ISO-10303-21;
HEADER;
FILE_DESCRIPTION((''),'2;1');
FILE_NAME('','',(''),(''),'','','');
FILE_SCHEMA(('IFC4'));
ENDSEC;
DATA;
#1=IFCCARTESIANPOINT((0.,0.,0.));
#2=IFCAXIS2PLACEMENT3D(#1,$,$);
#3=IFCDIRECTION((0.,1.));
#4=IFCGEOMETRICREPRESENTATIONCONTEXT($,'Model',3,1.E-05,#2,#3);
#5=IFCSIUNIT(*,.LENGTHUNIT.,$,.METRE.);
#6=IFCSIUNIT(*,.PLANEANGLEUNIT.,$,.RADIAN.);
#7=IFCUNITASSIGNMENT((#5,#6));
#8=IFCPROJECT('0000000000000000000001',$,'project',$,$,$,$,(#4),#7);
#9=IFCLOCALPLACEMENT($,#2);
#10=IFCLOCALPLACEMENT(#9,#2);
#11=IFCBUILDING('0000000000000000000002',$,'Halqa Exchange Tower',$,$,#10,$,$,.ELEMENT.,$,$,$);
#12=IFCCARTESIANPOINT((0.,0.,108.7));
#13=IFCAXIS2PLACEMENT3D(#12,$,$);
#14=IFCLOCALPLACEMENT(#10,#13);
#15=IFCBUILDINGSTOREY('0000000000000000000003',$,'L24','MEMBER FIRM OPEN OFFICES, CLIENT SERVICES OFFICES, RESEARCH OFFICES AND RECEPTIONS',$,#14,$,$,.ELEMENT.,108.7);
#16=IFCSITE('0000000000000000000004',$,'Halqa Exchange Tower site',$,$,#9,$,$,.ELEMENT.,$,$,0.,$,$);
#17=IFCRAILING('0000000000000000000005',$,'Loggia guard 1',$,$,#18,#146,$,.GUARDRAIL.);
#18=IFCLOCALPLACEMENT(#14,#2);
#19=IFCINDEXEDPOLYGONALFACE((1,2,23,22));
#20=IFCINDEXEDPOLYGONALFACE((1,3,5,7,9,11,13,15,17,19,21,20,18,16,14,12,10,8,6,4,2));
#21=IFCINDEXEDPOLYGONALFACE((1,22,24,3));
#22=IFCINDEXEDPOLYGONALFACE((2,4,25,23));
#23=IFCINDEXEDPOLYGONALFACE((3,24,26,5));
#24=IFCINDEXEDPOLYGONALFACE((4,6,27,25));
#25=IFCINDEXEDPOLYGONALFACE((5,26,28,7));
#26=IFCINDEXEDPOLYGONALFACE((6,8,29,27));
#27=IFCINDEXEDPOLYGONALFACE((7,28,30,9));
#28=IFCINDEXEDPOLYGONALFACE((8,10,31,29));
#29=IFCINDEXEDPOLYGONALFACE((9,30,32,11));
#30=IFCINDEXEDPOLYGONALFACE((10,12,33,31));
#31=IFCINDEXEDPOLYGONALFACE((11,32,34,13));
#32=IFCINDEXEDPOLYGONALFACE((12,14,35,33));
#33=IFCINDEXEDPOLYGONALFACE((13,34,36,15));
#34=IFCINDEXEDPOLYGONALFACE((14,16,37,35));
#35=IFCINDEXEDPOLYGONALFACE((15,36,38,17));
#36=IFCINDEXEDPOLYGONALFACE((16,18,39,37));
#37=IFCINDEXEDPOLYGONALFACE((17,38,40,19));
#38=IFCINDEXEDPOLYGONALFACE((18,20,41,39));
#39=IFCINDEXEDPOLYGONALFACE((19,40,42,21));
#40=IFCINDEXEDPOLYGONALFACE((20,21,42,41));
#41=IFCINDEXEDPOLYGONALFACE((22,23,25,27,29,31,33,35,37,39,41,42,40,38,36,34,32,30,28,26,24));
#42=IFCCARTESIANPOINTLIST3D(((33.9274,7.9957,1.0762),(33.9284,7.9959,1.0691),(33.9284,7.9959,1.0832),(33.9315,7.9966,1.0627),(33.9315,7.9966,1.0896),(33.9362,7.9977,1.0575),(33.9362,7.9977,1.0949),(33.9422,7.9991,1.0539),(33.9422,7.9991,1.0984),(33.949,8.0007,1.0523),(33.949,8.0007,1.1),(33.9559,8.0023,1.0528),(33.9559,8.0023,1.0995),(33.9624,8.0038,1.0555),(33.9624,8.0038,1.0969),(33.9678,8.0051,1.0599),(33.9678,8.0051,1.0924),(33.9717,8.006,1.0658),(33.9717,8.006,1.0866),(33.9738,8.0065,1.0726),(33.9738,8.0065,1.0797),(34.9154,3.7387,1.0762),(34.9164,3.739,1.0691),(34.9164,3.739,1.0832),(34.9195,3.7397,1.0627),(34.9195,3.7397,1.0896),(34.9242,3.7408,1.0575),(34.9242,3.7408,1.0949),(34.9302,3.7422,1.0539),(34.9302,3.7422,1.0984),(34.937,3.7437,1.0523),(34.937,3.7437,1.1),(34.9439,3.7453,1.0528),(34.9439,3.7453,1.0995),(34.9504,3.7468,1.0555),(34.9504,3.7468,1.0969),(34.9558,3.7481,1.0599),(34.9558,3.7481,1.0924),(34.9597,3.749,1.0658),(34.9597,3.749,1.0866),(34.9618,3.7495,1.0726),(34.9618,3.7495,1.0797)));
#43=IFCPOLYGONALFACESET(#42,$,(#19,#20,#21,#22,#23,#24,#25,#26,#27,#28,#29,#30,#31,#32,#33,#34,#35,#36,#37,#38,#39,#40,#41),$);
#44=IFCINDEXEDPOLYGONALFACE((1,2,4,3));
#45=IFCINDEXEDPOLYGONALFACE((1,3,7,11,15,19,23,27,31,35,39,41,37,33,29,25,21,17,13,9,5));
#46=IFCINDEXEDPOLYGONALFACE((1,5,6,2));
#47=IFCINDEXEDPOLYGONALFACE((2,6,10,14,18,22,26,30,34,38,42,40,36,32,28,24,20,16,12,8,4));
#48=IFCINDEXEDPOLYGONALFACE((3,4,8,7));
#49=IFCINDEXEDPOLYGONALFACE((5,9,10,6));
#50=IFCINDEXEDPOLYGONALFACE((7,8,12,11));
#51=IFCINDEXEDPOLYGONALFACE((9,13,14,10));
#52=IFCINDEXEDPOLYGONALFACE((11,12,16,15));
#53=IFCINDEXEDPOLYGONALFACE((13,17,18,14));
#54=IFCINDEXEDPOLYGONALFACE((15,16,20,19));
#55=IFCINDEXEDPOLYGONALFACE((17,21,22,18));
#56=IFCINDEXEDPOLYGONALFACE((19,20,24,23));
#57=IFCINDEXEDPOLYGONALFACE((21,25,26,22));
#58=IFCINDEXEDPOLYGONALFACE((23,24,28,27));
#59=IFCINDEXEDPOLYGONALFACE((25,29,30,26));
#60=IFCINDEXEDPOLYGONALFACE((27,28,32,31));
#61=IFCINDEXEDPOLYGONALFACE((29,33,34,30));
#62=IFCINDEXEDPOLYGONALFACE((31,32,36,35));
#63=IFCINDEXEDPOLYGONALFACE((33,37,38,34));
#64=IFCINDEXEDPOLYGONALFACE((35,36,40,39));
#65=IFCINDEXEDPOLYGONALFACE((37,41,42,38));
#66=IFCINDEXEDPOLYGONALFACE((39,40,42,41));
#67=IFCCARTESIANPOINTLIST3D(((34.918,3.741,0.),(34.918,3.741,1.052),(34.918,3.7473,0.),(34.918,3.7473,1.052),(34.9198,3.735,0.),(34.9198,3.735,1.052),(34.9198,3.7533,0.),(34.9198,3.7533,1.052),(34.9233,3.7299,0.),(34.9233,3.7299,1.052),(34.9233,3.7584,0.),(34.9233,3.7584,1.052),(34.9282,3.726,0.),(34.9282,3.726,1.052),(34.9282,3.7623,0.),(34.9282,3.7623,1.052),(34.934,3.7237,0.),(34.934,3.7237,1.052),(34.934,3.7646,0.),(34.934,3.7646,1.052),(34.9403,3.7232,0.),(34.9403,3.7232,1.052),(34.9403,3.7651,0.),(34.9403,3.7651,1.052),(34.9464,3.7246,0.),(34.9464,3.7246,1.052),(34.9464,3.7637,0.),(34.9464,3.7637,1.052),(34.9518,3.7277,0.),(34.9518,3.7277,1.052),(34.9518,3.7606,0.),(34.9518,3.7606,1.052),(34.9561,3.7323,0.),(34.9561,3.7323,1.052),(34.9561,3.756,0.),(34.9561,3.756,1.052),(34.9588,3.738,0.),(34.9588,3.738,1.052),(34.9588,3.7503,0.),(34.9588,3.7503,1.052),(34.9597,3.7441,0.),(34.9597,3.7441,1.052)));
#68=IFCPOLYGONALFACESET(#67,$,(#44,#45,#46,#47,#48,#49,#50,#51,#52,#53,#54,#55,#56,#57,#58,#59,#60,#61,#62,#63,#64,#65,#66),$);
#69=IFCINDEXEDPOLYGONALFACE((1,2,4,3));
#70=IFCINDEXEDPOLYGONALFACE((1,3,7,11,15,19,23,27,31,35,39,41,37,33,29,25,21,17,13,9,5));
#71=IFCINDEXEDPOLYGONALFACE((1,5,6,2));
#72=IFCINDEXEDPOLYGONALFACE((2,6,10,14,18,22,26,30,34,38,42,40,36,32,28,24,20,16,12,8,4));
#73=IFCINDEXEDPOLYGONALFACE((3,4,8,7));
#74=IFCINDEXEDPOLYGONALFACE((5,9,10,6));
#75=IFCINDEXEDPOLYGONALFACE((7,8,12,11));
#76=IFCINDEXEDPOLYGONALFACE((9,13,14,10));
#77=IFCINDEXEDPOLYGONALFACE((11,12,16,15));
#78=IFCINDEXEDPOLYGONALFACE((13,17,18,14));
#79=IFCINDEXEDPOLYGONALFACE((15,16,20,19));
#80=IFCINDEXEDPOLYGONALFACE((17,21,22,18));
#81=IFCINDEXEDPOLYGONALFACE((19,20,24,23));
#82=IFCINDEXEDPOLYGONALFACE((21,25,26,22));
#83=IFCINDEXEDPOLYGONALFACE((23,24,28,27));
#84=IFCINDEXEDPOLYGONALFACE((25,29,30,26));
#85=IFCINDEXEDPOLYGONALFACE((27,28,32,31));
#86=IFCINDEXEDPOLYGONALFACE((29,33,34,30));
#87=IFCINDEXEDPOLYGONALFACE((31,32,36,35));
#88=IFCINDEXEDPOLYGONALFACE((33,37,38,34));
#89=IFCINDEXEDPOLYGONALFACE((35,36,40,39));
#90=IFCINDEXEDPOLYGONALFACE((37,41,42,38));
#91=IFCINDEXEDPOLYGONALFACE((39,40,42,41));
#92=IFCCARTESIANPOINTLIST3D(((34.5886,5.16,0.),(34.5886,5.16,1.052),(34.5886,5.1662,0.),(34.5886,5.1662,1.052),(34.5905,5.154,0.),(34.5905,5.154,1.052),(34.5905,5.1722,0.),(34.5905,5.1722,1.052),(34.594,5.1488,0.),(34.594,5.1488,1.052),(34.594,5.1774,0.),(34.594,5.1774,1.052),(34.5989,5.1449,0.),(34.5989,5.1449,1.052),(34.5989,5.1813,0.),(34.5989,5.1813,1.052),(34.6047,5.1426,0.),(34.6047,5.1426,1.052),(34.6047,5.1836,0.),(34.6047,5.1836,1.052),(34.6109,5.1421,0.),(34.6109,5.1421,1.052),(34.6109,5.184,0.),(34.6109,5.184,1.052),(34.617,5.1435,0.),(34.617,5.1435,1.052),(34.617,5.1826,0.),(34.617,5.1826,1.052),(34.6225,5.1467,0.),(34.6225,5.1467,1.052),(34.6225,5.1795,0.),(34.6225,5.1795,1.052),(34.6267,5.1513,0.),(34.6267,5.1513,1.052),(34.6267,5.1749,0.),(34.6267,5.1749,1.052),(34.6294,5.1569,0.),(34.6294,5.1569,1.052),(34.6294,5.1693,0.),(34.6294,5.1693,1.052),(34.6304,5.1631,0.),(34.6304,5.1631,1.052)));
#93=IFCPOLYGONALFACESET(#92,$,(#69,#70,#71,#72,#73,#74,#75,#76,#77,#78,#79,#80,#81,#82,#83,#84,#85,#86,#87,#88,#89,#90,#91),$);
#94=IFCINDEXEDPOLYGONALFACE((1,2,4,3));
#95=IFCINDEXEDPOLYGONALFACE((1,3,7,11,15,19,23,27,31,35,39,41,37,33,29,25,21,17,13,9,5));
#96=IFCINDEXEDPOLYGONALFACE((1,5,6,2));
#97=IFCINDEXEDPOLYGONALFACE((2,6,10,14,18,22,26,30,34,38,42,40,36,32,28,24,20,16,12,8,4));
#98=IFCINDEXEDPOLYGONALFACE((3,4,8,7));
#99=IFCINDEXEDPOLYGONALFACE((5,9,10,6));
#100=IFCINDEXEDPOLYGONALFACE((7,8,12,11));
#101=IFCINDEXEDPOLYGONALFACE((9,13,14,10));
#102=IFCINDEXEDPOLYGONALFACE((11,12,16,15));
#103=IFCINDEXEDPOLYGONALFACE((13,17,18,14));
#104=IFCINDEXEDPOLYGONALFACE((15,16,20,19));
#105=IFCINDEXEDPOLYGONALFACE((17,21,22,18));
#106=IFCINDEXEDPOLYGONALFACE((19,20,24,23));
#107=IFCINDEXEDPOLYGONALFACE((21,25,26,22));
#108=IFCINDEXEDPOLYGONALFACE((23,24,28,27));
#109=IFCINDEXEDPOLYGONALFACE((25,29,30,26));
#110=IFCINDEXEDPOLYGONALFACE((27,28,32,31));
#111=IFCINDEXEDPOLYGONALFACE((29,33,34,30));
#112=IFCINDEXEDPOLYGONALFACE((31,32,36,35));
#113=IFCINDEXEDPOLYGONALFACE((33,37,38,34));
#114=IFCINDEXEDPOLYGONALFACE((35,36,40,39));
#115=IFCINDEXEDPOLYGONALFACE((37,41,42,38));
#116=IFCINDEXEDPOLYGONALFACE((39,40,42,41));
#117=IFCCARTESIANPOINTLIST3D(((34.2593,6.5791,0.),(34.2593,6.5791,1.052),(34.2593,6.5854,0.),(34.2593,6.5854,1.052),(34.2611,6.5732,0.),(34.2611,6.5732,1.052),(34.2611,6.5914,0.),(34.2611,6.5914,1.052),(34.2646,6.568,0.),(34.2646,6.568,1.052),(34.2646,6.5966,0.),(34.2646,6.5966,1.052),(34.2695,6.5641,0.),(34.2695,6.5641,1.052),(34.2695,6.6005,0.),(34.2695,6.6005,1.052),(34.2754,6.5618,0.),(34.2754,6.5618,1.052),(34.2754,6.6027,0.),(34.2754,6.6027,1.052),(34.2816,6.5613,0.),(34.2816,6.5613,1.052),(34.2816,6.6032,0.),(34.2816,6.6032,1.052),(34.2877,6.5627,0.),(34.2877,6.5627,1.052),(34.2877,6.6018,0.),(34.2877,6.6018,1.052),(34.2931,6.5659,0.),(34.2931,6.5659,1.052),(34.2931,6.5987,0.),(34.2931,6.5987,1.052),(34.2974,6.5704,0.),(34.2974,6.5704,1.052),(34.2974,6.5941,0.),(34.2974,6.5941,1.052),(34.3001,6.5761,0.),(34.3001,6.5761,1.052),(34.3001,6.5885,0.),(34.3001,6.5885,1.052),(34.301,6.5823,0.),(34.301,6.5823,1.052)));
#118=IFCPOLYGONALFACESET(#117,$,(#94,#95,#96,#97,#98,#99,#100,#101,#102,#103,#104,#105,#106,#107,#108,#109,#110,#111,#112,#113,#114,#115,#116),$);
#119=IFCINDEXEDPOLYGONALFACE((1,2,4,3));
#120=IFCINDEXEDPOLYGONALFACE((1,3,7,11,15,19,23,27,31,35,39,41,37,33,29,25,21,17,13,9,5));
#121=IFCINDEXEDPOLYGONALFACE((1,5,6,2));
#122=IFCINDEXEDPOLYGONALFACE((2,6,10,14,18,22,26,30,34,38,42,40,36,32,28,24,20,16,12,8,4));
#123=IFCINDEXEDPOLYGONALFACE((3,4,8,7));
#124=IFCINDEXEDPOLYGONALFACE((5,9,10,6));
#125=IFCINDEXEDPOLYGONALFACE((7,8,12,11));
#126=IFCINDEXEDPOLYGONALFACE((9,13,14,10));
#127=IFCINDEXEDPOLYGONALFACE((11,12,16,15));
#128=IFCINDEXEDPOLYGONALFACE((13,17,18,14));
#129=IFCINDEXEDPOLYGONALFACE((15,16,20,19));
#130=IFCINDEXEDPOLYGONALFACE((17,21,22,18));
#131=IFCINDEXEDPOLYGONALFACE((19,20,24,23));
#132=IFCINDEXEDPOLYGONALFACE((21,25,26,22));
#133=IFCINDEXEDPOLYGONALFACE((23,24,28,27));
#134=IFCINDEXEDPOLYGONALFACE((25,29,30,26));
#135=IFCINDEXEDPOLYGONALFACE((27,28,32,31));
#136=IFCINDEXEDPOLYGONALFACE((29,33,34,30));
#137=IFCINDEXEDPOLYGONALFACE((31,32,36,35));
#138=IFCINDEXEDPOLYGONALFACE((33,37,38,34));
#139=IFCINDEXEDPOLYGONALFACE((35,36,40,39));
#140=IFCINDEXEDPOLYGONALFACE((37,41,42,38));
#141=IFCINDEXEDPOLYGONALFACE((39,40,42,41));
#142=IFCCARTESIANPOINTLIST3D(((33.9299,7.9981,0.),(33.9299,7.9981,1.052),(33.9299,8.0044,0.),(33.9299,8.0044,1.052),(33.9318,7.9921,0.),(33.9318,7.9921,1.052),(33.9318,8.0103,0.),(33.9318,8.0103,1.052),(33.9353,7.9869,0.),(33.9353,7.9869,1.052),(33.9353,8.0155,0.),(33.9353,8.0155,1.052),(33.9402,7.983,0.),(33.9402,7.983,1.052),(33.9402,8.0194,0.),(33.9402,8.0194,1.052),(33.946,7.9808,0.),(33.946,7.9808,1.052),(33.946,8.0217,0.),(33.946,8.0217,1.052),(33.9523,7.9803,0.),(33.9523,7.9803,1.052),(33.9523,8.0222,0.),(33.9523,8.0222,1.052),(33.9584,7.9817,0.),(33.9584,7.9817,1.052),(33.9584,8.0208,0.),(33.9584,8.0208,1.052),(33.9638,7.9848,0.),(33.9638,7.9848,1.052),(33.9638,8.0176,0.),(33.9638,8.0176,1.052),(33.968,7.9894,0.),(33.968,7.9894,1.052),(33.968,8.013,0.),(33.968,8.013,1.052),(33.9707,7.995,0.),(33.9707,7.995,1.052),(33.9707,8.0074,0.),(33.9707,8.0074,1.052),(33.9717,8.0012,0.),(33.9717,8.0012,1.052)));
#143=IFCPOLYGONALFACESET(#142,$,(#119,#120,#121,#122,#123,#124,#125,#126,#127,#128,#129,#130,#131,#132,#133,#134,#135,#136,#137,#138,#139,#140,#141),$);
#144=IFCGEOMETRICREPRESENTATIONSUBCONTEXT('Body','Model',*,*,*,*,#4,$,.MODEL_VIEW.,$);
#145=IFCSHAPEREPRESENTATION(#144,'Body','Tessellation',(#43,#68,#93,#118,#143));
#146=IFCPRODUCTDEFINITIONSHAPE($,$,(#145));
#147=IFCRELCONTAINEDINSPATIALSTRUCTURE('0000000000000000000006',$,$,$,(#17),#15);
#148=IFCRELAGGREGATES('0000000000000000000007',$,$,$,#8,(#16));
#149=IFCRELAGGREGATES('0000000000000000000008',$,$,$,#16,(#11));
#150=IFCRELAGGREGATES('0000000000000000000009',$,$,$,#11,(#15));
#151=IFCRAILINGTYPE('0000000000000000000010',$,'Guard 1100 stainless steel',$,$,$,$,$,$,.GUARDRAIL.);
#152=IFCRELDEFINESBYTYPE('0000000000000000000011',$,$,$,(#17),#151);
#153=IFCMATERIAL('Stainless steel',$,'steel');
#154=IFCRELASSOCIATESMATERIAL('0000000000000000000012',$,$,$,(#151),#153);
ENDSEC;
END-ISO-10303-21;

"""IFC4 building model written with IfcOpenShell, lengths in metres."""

from ifc_helpers import new_model, si_unit, direction, frame, origin, origin_2d, place, context, subcontext, project, spatial, circle, extrude, material, type_object, element, save


model = new_model("IFC4")

# Units and contexts
model_context = context("Model", 3, precision=1e-05, world=origin(), true_north=direction((0.0, 1.0)))
body_context = subcontext(model_context, "Body", "Model", "MODEL_VIEW")
ifc_project = project(units=[si_unit("LENGTHUNIT", "METRE"), si_unit("PLANEANGLEUNIT", "RADIAN")], contexts=[model_context])

# Site, building, storey
site_placement = place(None, origin())
site = spatial("IfcSite", under=ifc_project, at=site_placement, Name="Halqa Exchange Tower site", CompositionType="ELEMENT", RefElevation=0.0)
building_placement = place(site_placement, origin())
building = spatial("IfcBuilding", under=site, at=building_placement, Name="Halqa Exchange Tower", CompositionType="ELEMENT")
storey_placement = place(building_placement, frame((0.0, 0.0, 108.7)))
storey = spatial("IfcBuildingStorey", under=building, at=storey_placement, Name="L24", Description="MEMBER FIRM OPEN OFFICES, CLIENT SERVICES OFFICES, RESEARCH OFFICES AND RECEPTIONS", CompositionType="ELEMENT", Elevation=108.7)

# Railing
ifc_material_1 = material(Name="Stainless steel", Category="steel")
railing_type = type_object("IfcRailingType", Name="Guard 1100 stainless steel", PredefinedType="GUARDRAIL", material=ifc_material_1)
railing_1_placement = place(storey_placement, frame((34.9387, 3.7441, 0.0)))
element("IfcRailing", 1, at=railing_1_placement, inside=storey, type_object=railing_type, Name="Loggia guard 1", PredefinedType="GUARDRAIL", context=body_context, shape_type="SweptSolid", body=[
    extrude(circle(Radius=0.0239, at=origin_2d()), frame((0.0, 0.0, 1.0762), z_axis=(-0.226083, 0.974108, 0.0), x_axis=(-0.974108, -0.226083, 0.0)), (0.0, 0.0, 1.0), 4.3701),
    extrude(circle(Radius=0.021, at=origin_2d()), origin(), (0.0, 0.0, 1.0), 1.052),
    extrude(circle(Radius=0.021, at=origin_2d()), frame((-0.3293, 1.4189, 0.0)), (0.0, 0.0, 1.0), 1.052),
    extrude(circle(Radius=0.021, at=origin_2d()), frame((-0.6587, 2.8381, 0.0)), (0.0, 0.0, 1.0), 1.052),
    extrude(circle(Radius=0.021, at=origin_2d()), frame((-0.988, 4.2571, 0.0)), (0.0, 0.0, 1.0), 1.052),
])

save(model, "model.ifc")
